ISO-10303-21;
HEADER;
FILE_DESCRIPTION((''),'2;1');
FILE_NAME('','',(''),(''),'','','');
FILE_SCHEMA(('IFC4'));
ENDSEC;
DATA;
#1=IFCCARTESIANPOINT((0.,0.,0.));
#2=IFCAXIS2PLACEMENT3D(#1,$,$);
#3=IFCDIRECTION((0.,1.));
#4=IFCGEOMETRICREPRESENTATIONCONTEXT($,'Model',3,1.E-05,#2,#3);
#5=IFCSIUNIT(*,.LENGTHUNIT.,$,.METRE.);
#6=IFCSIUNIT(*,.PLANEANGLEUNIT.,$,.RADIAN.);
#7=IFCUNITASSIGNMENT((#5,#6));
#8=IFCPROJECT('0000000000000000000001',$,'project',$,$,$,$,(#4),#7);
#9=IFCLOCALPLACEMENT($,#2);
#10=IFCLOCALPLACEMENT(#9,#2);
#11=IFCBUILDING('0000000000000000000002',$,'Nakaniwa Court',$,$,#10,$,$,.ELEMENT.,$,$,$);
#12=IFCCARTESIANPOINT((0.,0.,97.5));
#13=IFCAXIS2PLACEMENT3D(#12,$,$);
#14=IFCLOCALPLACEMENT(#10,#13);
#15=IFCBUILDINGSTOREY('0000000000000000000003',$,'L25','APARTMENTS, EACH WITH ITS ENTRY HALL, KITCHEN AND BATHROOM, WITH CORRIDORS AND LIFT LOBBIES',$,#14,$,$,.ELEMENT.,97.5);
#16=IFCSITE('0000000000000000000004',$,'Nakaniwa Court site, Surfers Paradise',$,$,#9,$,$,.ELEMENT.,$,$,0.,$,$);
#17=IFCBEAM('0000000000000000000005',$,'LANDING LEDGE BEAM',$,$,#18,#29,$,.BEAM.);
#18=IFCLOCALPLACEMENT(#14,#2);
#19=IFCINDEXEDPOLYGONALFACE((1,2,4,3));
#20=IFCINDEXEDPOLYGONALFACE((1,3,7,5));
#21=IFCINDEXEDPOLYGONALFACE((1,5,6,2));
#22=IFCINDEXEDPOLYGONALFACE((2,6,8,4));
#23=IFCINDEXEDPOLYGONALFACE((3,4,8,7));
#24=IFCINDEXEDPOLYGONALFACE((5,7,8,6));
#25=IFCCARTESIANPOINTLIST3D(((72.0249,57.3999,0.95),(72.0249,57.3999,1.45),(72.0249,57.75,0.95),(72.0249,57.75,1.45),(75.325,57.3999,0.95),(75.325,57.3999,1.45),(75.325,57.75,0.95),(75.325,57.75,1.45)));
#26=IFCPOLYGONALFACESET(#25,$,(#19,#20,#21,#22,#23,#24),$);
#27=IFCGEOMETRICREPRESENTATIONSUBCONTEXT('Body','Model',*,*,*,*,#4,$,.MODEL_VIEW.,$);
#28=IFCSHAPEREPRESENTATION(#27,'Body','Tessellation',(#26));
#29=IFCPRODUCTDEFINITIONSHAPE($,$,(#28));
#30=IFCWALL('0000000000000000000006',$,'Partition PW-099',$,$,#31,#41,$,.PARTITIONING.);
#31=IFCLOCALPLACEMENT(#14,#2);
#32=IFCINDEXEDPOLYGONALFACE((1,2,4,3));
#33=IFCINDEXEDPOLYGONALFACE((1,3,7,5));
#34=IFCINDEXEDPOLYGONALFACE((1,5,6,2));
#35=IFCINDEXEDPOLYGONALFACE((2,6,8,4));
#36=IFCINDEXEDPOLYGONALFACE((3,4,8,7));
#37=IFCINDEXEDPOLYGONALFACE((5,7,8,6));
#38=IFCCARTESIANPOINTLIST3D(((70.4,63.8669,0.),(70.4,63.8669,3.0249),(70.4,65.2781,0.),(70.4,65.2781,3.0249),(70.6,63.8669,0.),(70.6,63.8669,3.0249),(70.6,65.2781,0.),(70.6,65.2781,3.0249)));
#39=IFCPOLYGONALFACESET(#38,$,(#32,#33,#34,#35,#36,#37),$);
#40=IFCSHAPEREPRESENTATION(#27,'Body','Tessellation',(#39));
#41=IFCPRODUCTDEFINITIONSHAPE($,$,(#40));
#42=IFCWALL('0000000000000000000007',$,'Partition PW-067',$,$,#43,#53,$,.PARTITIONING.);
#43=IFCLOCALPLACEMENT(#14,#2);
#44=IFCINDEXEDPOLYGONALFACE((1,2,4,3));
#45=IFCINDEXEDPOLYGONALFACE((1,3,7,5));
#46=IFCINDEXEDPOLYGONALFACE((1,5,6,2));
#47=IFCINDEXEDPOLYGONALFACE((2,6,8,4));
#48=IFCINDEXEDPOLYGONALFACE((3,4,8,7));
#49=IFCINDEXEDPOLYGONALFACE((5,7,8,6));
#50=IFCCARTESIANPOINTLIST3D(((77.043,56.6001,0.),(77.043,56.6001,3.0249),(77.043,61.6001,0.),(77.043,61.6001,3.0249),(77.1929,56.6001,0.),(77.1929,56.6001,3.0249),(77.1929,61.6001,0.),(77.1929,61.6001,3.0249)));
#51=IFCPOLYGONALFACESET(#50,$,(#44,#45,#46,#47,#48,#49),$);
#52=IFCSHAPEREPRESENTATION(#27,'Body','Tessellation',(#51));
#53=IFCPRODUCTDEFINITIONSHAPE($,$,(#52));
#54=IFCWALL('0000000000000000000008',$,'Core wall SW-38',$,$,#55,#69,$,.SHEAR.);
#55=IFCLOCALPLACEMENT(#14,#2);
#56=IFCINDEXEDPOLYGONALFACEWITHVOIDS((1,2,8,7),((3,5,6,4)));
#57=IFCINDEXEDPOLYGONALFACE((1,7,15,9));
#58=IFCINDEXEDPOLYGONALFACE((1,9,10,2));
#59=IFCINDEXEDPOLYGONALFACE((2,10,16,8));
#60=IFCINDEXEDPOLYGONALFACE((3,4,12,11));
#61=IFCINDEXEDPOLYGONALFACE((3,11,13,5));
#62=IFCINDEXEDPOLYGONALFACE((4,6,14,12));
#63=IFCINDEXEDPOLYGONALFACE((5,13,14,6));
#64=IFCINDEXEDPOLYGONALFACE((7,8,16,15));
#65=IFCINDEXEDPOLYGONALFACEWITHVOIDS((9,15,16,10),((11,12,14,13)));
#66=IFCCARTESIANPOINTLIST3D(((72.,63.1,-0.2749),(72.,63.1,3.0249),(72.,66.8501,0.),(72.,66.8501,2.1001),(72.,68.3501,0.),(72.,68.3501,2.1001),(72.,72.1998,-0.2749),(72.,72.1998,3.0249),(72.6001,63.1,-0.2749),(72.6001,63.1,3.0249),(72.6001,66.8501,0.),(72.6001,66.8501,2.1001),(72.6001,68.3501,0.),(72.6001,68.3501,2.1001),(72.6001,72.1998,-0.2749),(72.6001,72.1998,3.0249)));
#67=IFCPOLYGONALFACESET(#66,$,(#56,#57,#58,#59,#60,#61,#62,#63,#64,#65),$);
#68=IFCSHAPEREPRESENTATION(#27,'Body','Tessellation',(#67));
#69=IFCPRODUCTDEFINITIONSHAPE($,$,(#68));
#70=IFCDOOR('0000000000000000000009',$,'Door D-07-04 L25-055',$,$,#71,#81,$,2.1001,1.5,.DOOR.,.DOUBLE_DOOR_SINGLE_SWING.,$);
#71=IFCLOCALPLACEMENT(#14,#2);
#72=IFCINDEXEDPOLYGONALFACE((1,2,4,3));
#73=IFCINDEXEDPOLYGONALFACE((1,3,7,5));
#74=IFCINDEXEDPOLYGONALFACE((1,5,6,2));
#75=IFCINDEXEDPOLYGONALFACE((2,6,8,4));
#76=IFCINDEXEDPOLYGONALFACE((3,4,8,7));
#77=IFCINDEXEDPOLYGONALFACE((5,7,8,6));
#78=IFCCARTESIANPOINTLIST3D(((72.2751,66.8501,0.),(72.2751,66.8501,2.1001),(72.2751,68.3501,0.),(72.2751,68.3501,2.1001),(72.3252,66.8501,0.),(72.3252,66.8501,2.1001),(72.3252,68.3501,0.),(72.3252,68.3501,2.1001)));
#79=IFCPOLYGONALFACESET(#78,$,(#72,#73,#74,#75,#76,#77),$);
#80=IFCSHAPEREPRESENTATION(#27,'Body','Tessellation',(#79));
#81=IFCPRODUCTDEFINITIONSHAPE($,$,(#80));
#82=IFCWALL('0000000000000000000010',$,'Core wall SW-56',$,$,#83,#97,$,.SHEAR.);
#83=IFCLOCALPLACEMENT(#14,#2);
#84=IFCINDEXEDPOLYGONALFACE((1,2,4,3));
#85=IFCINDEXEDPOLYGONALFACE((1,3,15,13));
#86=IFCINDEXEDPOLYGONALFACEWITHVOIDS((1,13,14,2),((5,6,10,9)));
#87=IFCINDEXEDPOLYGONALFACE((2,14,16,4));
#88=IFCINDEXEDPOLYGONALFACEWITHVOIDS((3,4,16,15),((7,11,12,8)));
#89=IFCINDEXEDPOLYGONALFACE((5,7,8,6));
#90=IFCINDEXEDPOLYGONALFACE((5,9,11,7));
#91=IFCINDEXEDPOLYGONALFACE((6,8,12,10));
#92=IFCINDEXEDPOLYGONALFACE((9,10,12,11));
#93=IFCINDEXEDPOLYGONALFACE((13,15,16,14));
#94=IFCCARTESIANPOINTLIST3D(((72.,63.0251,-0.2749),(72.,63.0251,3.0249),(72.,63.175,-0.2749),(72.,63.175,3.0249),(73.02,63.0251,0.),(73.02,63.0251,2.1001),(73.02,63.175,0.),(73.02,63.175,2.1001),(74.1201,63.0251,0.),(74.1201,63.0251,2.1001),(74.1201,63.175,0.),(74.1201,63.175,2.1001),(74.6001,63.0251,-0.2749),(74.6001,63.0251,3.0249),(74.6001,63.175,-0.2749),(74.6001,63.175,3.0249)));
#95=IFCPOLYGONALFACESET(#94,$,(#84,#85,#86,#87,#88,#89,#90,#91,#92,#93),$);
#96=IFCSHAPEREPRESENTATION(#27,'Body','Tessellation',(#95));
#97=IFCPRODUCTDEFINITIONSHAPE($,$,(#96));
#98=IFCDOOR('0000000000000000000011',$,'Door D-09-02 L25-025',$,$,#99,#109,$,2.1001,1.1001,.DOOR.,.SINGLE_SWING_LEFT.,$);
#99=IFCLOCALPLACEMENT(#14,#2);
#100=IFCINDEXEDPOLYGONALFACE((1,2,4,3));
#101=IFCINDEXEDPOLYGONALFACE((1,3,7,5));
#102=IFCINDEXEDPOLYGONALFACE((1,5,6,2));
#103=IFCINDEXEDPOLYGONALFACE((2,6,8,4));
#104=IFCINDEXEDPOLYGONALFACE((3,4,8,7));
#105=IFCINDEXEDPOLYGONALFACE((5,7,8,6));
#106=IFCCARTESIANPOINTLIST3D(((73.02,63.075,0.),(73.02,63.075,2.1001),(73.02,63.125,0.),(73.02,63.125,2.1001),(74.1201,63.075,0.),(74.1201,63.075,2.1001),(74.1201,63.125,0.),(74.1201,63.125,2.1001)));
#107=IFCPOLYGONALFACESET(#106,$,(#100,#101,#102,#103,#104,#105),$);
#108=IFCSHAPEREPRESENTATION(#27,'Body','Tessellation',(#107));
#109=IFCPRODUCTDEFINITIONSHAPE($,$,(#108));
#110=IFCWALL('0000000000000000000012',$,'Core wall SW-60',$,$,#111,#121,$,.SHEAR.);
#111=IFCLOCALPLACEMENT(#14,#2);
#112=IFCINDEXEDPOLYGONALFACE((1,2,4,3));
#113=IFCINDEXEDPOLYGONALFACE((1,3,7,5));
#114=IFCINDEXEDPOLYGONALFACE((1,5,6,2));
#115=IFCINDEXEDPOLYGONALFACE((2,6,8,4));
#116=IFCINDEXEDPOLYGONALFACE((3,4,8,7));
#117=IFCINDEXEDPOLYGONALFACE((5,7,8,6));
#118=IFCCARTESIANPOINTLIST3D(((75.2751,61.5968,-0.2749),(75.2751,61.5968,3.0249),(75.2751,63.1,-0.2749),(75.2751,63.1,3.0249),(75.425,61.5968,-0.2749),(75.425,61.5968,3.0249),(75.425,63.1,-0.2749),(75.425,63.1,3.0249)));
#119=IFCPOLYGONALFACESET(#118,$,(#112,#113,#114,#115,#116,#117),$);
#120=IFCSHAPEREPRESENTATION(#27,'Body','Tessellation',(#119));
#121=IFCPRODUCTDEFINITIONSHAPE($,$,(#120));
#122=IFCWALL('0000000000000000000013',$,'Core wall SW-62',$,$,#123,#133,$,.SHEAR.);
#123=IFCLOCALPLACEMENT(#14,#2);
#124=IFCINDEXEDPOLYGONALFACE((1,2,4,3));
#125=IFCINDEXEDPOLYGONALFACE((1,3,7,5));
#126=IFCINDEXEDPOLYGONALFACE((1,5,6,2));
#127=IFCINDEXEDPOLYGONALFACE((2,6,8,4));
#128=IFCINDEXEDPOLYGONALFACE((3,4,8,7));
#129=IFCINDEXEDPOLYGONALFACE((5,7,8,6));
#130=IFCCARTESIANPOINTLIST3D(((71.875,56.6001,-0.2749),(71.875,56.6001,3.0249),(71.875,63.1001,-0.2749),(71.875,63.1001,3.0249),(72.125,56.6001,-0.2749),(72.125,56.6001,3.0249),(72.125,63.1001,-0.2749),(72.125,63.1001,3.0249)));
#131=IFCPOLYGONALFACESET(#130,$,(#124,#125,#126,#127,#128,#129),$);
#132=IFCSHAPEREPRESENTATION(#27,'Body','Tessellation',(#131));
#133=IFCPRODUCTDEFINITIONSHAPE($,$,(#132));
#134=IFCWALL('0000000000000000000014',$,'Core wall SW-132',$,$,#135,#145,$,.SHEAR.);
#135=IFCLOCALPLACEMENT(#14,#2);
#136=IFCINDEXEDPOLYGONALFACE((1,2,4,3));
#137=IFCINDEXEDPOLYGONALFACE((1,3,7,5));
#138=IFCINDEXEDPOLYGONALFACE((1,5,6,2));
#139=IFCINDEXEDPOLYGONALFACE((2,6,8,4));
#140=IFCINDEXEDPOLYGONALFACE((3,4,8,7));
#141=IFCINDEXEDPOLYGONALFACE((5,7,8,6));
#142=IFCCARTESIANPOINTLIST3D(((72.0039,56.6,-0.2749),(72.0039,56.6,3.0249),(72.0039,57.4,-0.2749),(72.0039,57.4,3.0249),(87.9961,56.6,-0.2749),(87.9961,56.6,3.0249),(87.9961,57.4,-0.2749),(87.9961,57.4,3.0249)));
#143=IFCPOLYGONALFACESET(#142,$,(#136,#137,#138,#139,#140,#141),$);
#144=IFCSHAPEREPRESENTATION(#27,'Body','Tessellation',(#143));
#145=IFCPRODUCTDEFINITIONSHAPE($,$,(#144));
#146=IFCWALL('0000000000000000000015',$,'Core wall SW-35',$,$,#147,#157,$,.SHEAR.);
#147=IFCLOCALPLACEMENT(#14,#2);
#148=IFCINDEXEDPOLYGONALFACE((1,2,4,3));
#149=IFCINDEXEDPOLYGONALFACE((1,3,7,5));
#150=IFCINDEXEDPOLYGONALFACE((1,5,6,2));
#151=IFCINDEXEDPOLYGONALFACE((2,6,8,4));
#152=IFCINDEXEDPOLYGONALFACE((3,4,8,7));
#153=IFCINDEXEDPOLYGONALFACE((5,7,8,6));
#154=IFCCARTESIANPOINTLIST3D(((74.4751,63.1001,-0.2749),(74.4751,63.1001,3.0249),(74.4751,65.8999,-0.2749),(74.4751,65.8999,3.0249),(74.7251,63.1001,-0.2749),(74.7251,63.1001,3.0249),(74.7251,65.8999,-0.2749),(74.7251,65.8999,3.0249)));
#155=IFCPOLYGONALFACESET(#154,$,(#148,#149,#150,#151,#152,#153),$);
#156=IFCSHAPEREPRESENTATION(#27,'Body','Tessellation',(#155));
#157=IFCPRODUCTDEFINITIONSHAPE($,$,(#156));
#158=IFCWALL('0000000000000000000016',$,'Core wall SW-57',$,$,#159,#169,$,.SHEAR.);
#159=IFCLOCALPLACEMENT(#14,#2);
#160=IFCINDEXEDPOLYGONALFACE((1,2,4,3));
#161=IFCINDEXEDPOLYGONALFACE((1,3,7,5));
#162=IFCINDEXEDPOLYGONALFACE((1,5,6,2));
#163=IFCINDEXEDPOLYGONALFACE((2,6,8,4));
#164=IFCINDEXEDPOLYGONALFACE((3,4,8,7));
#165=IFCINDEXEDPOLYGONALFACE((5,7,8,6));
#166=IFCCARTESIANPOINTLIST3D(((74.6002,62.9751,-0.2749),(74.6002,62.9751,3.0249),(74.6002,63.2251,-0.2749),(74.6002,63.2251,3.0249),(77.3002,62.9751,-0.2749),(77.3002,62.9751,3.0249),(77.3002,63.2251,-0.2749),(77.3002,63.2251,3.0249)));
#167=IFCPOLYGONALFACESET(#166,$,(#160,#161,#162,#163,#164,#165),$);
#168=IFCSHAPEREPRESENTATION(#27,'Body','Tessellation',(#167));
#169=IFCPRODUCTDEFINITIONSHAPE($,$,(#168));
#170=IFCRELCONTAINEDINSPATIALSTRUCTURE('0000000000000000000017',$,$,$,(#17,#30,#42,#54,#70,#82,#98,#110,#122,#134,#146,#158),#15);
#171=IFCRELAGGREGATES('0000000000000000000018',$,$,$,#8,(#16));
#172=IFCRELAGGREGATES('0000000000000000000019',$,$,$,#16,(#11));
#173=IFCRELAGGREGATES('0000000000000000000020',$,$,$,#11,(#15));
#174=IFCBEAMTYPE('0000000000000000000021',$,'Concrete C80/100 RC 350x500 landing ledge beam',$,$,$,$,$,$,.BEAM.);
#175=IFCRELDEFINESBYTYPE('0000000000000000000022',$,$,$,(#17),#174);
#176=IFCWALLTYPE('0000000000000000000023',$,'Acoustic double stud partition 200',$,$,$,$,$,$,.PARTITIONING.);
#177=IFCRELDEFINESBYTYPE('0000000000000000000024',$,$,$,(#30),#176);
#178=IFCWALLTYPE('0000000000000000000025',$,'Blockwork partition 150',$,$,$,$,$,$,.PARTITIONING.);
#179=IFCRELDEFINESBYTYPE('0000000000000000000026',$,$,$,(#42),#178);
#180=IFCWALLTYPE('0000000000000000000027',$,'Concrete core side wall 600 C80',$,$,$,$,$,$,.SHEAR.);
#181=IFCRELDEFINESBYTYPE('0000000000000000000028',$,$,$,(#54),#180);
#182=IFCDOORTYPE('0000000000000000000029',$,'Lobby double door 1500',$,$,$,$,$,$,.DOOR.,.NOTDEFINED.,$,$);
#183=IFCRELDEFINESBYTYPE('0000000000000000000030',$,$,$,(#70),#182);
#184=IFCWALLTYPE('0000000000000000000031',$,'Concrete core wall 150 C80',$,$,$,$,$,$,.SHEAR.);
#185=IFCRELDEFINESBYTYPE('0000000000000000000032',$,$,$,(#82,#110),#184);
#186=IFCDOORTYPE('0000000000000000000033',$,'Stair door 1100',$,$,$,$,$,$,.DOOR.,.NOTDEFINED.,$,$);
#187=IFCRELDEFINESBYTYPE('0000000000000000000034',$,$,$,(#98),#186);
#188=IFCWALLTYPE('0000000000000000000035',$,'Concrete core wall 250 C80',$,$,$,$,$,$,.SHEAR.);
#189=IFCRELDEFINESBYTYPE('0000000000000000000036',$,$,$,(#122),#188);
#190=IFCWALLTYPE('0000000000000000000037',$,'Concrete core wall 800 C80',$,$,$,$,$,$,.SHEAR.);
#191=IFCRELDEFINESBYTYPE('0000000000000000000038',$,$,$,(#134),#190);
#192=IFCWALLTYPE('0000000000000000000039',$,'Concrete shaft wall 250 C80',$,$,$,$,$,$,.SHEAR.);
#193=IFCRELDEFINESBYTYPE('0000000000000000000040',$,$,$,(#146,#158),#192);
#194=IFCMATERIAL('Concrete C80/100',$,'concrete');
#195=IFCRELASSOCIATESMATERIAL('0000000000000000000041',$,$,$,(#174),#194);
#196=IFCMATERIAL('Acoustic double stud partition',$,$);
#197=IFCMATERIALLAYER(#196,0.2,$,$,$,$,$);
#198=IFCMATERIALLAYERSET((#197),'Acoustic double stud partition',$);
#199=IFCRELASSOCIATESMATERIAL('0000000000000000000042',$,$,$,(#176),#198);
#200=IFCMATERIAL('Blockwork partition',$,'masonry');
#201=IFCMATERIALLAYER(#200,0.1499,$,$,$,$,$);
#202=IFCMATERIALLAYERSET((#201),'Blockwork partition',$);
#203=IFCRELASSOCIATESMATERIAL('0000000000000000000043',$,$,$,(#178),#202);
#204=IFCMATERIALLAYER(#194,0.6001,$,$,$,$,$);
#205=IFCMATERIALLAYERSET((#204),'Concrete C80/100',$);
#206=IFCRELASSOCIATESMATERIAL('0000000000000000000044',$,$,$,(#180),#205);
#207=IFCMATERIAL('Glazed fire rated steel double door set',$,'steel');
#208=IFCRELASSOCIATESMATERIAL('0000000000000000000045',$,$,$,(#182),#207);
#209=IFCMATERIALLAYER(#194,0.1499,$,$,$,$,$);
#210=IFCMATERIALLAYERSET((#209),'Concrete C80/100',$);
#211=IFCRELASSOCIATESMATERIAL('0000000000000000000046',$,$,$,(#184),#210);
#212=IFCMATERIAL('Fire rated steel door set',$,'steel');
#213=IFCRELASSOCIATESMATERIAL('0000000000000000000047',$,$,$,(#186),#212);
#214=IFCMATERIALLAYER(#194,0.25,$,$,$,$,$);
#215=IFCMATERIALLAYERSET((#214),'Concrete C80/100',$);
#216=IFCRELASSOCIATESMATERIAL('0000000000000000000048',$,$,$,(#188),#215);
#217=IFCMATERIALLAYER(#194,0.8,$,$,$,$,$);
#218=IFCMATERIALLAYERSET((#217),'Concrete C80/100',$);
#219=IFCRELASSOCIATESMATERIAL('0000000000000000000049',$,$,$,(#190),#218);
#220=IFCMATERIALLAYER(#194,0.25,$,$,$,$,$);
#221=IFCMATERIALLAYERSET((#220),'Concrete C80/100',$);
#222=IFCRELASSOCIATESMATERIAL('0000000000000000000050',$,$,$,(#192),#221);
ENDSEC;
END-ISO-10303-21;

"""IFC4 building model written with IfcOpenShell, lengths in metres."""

from ifc_helpers import new_model, si_unit, direction, frame, frame_2d, origin, origin_2d, place, context, subcontext, project, spatial, rectangle, extrude, material, layer, layer_set, material_profile, profile_set, type_object, element, fill, save


model = new_model("IFC4")

# Units and contexts
model_context = context("Model", 3, precision=1e-05, world=origin(), true_north=direction((0.0, 1.0)))
body_context = subcontext(model_context, "Body", "Model", "MODEL_VIEW")
ifc_project = project(units=[si_unit("LENGTHUNIT", "METRE"), si_unit("PLANEANGLEUNIT", "RADIAN")], contexts=[model_context])

# Site, building, storey
site_placement = place(None, origin())
site = spatial("IfcSite", under=ifc_project, at=site_placement, Name="Nakaniwa Court site, Surfers Paradise", CompositionType="ELEMENT", RefElevation=0.0)
building_placement = place(site_placement, origin())
building = spatial("IfcBuilding", under=site, at=building_placement, Name="Nakaniwa Court", CompositionType="ELEMENT")
storey_placement = place(building_placement, frame((0.0, 0.0, 97.5)))
storey = spatial("IfcBuildingStorey", under=building, at=storey_placement, Name="L25", Description="APARTMENTS, EACH WITH ITS ENTRY HALL, KITCHEN AND BATHROOM, WITH CORRIDORS AND LIFT LOBBIES", CompositionType="ELEMENT", Elevation=97.5)

# Beam
ifc_material_1 = material(Name="Concrete C80/100", Category="concrete")
ifc_material_profile = material_profile(ifc_material_1, rectangle(XDim=0.3501, YDim=0.5, at=origin_2d()), Name="Concrete C80/100 RC 350x500 landing ledge beam")
ifc_profile_set = profile_set([ifc_material_profile], Name="Concrete C80/100")
beam_type = type_object("IfcBeamType", Name="Concrete C80/100 RC 350x500 landing ledge beam", PredefinedType="BEAM", material=ifc_profile_set)
beam_placement = place(storey_placement, frame((72.0249, 57.575, 1.2), z_axis=(1.0, 0.0, 0.0), x_axis=(0.0, 1.0, 0.0)))
element("IfcBeam", 1, at=beam_placement, inside=storey, type_object=beam_type, Name="LANDING LEDGE BEAM", PredefinedType="BEAM", context=body_context, shape_type="SweptSolid", body=[
    extrude(rectangle(XDim=0.3501, YDim=0.5, at=origin_2d()), origin(), (0.0, 0.0, 1.0), 3.3),
])

# Walls
ifc_material_2 = material(Name="Acoustic double stud partition")
ifc_layer_1 = layer(ifc_material_2, 0.2)
ifc_layer_set_1 = layer_set([ifc_layer_1], Name="Acoustic double stud partition")
wall_type_1 = type_object("IfcWallType", Name="Acoustic double stud partition 200", PredefinedType="PARTITIONING", material=ifc_layer_set_1)
wall_1_placement = place(storey_placement, frame((70.5, 63.8669, 0.0), z_axis=(0.0, 0.0, 1.0), x_axis=(0.0, 1.0, 0.0)))
element("IfcWall", 2, at=wall_1_placement, inside=storey, type_object=wall_type_1, Name="Partition PW-099", PredefinedType="PARTITIONING", context=body_context, shape_type="SweptSolid", body=[
    extrude(rectangle(XDim=1.4111, YDim=0.2, at=frame_2d((0.7056, 0.0))), origin(), (0.0, 0.0, 1.0), 3.0249),
])
ifc_material_3 = material(Name="Blockwork partition", Category="masonry")
ifc_layer_2 = layer(ifc_material_3, 0.1499)
ifc_layer_set_2 = layer_set([ifc_layer_2], Name="Blockwork partition")
wall_type_2 = type_object("IfcWallType", Name="Blockwork partition 150", PredefinedType="PARTITIONING", material=ifc_layer_set_2)
wall_2_placement = place(storey_placement, frame((77.1179, 56.6001, 0.0), z_axis=(0.0, 0.0, 1.0), x_axis=(0.0, 1.0, 0.0)))
element("IfcWall", 3, at=wall_2_placement, inside=storey, type_object=wall_type_2, Name="Partition PW-067", PredefinedType="PARTITIONING", context=body_context, shape_type="SweptSolid", body=[
    extrude(rectangle(XDim=5.0, YDim=0.1499, at=frame_2d((2.5, 0.0))), origin(), (0.0, 0.0, 1.0), 3.0249),
])

# Walls, openings, doors
ifc_layer_3 = layer(ifc_material_1, 0.6001)
ifc_layer_set_3 = layer_set([ifc_layer_3], Name="Concrete C80/100")
wall_type_3 = type_object("IfcWallType", Name="Concrete core side wall 600 C80", PredefinedType="SHEAR", material=ifc_layer_set_3)
wall_3_placement = place(storey_placement, frame((72.3, 63.1001, -0.2749), z_axis=(0.0, 0.0, 1.0), x_axis=(0.0, 1.0, 0.0)))
wall_3 = element("IfcWall", 4, at=wall_3_placement, inside=storey, type_object=wall_type_3, Name="Core wall SW-38", PredefinedType="SHEAR", context=body_context, shape_type="SweptSolid", body=[
    extrude(rectangle(XDim=9.0999, YDim=0.6001, at=frame_2d((4.5498, 0.0))), origin(), (0.0, 0.0, 1.0), 3.2998),
])
opening_1_placement = place(wall_3_placement, frame((3.75, 0.0, 0.2749)))
opening_1 = element("IfcOpeningElement", 5, at=opening_1_placement, cuts=wall_3, PredefinedType="OPENING", context=body_context, shape_type="SweptSolid", body=[
    extrude(rectangle(XDim=1.5, YDim=2.1001, at=frame_2d((0.75, 1.05))), frame((0.0, 0.3101, 0.0), z_axis=(0.0, -1.0, 0.0), x_axis=(1.0, 0.0, 0.0)), (0.0, 0.0, 1.0), 0.6201),
])
ifc_material_4 = material(Name="Glazed fire rated steel double door set", Category="steel")
door_type_1 = type_object("IfcDoorType", Name="Lobby double door 1500", OperationType="NOTDEFINED", PredefinedType="DOOR", material=ifc_material_4)
door_1_placement = place(opening_1_placement, origin())
door_1 = element("IfcDoor", 6, at=door_1_placement, inside=storey, type_object=door_type_1, Name="Door D-07-04 L25-055", OperationType="DOUBLE_DOOR_SINGLE_SWING", OverallHeight=2.1001, OverallWidth=1.5, PredefinedType="DOOR", context=body_context, shape_type="SweptSolid", body=[
    extrude(rectangle(XDim=1.5, YDim=2.1001, at=frame_2d((0.75, 1.05))), frame((0.0, 0.0249, 0.0), z_axis=(0.0, -1.0, 0.0), x_axis=(1.0, 0.0, 0.0)), (0.0, 0.0, 1.0), 0.05),
])
fill(opening_1, door_1)
ifc_layer_4 = layer(ifc_material_1, 0.1499)
ifc_layer_set_4 = layer_set([ifc_layer_4], Name="Concrete C80/100")
wall_type_4 = type_object("IfcWallType", Name="Concrete core wall 150 C80", PredefinedType="SHEAR", material=ifc_layer_set_4)
wall_4_placement = place(storey_placement, frame((72.0, 63.1001, -0.2749), z_axis=(0.0, 0.0, 1.0), x_axis=(1.0, 0.0, 0.0)))
wall_4 = element("IfcWall", 7, at=wall_4_placement, inside=storey, type_object=wall_type_4, Name="Core wall SW-56", PredefinedType="SHEAR", context=body_context, shape_type="SweptSolid", body=[
    extrude(rectangle(XDim=2.6001, YDim=0.1499, at=frame_2d((1.3, 0.0))), origin(), (0.0, 0.0, 1.0), 3.2998),
])
opening_2_placement = place(wall_4_placement, frame((1.02, 0.0, 0.2749)))
opening_2 = element("IfcOpeningElement", 8, at=opening_2_placement, cuts=wall_4, PredefinedType="OPENING", context=body_context, shape_type="SweptSolid", body=[
    extrude(rectangle(XDim=1.1001, YDim=2.1001, at=frame_2d((0.55, 1.05))), frame((0.0, 0.085, 0.0), z_axis=(0.0, -1.0, 0.0), x_axis=(1.0, 0.0, 0.0)), (0.0, 0.0, 1.0), 0.1699),
])
ifc_material_5 = material(Name="Fire rated steel door set", Category="steel")
door_type_2 = type_object("IfcDoorType", Name="Stair door 1100", OperationType="NOTDEFINED", PredefinedType="DOOR", material=ifc_material_5)
door_2_placement = place(opening_2_placement, origin())
door_2 = element("IfcDoor", 9, at=door_2_placement, inside=storey, type_object=door_type_2, Name="Door D-09-02 L25-025", OperationType="SINGLE_SWING_LEFT", OverallHeight=2.1001, OverallWidth=1.1001, PredefinedType="DOOR", context=body_context, shape_type="SweptSolid", body=[
    extrude(rectangle(XDim=1.1001, YDim=2.1001, at=frame_2d((0.55, 1.05))), frame((0.0, 0.0249, 0.0), z_axis=(0.0, -1.0, 0.0), x_axis=(1.0, 0.0, 0.0)), (0.0, 0.0, 1.0), 0.05),
])
fill(opening_2, door_2)

# Walls
wall_5_placement = place(storey_placement, frame((75.3501, 61.5969, -0.2749), z_axis=(0.0, 0.0, 1.0), x_axis=(0.0, 1.0, 0.0)))
element("IfcWall", 10, at=wall_5_placement, inside=storey, type_object=wall_type_4, Name="Core wall SW-60", PredefinedType="SHEAR", context=body_context, shape_type="SweptSolid", body=[
    extrude(rectangle(XDim=1.5032, YDim=0.1499, at=frame_2d((0.7515, 0.0))), origin(), (0.0, 0.0, 1.0), 3.2998),
])
ifc_layer_5 = layer(ifc_material_1, 0.25)
ifc_layer_set_5 = layer_set([ifc_layer_5], Name="Concrete C80/100")
wall_type_5 = type_object("IfcWallType", Name="Concrete core wall 250 C80", PredefinedType="SHEAR", material=ifc_layer_set_5)
wall_6_placement = place(storey_placement, frame((72.0, 56.6001, -0.2749), z_axis=(0.0, 0.0, 1.0), x_axis=(0.0, 1.0, 0.0)))
element("IfcWall", 11, at=wall_6_placement, inside=storey, type_object=wall_type_5, Name="Core wall SW-62", PredefinedType="SHEAR", context=body_context, shape_type="SweptSolid", body=[
    extrude(rectangle(XDim=6.5, YDim=0.25, at=frame_2d((3.25, 0.0))), origin(), (0.0, 0.0, 1.0), 3.2998),
])
ifc_layer_6 = layer(ifc_material_1, 0.8)
ifc_layer_set_6 = layer_set([ifc_layer_6], Name="Concrete C80/100")
wall_type_6 = type_object("IfcWallType", Name="Concrete core wall 800 C80", PredefinedType="SHEAR", material=ifc_layer_set_6)
wall_7_placement = place(storey_placement, frame((72.0039, 57.0, -0.2749), z_axis=(0.0, 0.0, 1.0), x_axis=(1.0, 0.0, 0.0)))
element("IfcWall", 12, at=wall_7_placement, inside=storey, type_object=wall_type_6, Name="Core wall SW-132", PredefinedType="SHEAR", context=body_context, shape_type="SweptSolid", body=[
    extrude(rectangle(XDim=15.9922, YDim=0.8, at=frame_2d((7.9961, 0.0))), origin(), (0.0, 0.0, 1.0), 3.2998),
])
ifc_layer_7 = layer(ifc_material_1, 0.25)
ifc_layer_set_7 = layer_set([ifc_layer_7], Name="Concrete C80/100")
wall_type_7 = type_object("IfcWallType", Name="Concrete shaft wall 250 C80", PredefinedType="SHEAR", material=ifc_layer_set_7)
wall_8_placement = place(storey_placement, frame((74.6001, 63.1001, -0.2749), z_axis=(0.0, 0.0, 1.0), x_axis=(0.0, 1.0, 0.0)))
element("IfcWall", 13, at=wall_8_placement, inside=storey, type_object=wall_type_7, Name="Core wall SW-35", PredefinedType="SHEAR", context=body_context, shape_type="SweptSolid", body=[
    extrude(rectangle(XDim=2.7998, YDim=0.25, at=frame_2d((1.3999, 0.0))), origin(), (0.0, 0.0, 1.0), 3.2998),
])
wall_9_placement = place(storey_placement, frame((74.6001, 63.1001, -0.2749), z_axis=(0.0, 0.0, 1.0), x_axis=(1.0, 0.0, 0.0)))
element("IfcWall", 14, at=wall_9_placement, inside=storey, type_object=wall_type_7, Name="Core wall SW-57", PredefinedType="SHEAR", context=body_context, shape_type="SweptSolid", body=[
    extrude(rectangle(XDim=2.7, YDim=0.25, at=frame_2d((1.3501, 0.0))), origin(), (0.0, 0.0, 1.0), 3.2998),
])

save(model, "model.ifc")
